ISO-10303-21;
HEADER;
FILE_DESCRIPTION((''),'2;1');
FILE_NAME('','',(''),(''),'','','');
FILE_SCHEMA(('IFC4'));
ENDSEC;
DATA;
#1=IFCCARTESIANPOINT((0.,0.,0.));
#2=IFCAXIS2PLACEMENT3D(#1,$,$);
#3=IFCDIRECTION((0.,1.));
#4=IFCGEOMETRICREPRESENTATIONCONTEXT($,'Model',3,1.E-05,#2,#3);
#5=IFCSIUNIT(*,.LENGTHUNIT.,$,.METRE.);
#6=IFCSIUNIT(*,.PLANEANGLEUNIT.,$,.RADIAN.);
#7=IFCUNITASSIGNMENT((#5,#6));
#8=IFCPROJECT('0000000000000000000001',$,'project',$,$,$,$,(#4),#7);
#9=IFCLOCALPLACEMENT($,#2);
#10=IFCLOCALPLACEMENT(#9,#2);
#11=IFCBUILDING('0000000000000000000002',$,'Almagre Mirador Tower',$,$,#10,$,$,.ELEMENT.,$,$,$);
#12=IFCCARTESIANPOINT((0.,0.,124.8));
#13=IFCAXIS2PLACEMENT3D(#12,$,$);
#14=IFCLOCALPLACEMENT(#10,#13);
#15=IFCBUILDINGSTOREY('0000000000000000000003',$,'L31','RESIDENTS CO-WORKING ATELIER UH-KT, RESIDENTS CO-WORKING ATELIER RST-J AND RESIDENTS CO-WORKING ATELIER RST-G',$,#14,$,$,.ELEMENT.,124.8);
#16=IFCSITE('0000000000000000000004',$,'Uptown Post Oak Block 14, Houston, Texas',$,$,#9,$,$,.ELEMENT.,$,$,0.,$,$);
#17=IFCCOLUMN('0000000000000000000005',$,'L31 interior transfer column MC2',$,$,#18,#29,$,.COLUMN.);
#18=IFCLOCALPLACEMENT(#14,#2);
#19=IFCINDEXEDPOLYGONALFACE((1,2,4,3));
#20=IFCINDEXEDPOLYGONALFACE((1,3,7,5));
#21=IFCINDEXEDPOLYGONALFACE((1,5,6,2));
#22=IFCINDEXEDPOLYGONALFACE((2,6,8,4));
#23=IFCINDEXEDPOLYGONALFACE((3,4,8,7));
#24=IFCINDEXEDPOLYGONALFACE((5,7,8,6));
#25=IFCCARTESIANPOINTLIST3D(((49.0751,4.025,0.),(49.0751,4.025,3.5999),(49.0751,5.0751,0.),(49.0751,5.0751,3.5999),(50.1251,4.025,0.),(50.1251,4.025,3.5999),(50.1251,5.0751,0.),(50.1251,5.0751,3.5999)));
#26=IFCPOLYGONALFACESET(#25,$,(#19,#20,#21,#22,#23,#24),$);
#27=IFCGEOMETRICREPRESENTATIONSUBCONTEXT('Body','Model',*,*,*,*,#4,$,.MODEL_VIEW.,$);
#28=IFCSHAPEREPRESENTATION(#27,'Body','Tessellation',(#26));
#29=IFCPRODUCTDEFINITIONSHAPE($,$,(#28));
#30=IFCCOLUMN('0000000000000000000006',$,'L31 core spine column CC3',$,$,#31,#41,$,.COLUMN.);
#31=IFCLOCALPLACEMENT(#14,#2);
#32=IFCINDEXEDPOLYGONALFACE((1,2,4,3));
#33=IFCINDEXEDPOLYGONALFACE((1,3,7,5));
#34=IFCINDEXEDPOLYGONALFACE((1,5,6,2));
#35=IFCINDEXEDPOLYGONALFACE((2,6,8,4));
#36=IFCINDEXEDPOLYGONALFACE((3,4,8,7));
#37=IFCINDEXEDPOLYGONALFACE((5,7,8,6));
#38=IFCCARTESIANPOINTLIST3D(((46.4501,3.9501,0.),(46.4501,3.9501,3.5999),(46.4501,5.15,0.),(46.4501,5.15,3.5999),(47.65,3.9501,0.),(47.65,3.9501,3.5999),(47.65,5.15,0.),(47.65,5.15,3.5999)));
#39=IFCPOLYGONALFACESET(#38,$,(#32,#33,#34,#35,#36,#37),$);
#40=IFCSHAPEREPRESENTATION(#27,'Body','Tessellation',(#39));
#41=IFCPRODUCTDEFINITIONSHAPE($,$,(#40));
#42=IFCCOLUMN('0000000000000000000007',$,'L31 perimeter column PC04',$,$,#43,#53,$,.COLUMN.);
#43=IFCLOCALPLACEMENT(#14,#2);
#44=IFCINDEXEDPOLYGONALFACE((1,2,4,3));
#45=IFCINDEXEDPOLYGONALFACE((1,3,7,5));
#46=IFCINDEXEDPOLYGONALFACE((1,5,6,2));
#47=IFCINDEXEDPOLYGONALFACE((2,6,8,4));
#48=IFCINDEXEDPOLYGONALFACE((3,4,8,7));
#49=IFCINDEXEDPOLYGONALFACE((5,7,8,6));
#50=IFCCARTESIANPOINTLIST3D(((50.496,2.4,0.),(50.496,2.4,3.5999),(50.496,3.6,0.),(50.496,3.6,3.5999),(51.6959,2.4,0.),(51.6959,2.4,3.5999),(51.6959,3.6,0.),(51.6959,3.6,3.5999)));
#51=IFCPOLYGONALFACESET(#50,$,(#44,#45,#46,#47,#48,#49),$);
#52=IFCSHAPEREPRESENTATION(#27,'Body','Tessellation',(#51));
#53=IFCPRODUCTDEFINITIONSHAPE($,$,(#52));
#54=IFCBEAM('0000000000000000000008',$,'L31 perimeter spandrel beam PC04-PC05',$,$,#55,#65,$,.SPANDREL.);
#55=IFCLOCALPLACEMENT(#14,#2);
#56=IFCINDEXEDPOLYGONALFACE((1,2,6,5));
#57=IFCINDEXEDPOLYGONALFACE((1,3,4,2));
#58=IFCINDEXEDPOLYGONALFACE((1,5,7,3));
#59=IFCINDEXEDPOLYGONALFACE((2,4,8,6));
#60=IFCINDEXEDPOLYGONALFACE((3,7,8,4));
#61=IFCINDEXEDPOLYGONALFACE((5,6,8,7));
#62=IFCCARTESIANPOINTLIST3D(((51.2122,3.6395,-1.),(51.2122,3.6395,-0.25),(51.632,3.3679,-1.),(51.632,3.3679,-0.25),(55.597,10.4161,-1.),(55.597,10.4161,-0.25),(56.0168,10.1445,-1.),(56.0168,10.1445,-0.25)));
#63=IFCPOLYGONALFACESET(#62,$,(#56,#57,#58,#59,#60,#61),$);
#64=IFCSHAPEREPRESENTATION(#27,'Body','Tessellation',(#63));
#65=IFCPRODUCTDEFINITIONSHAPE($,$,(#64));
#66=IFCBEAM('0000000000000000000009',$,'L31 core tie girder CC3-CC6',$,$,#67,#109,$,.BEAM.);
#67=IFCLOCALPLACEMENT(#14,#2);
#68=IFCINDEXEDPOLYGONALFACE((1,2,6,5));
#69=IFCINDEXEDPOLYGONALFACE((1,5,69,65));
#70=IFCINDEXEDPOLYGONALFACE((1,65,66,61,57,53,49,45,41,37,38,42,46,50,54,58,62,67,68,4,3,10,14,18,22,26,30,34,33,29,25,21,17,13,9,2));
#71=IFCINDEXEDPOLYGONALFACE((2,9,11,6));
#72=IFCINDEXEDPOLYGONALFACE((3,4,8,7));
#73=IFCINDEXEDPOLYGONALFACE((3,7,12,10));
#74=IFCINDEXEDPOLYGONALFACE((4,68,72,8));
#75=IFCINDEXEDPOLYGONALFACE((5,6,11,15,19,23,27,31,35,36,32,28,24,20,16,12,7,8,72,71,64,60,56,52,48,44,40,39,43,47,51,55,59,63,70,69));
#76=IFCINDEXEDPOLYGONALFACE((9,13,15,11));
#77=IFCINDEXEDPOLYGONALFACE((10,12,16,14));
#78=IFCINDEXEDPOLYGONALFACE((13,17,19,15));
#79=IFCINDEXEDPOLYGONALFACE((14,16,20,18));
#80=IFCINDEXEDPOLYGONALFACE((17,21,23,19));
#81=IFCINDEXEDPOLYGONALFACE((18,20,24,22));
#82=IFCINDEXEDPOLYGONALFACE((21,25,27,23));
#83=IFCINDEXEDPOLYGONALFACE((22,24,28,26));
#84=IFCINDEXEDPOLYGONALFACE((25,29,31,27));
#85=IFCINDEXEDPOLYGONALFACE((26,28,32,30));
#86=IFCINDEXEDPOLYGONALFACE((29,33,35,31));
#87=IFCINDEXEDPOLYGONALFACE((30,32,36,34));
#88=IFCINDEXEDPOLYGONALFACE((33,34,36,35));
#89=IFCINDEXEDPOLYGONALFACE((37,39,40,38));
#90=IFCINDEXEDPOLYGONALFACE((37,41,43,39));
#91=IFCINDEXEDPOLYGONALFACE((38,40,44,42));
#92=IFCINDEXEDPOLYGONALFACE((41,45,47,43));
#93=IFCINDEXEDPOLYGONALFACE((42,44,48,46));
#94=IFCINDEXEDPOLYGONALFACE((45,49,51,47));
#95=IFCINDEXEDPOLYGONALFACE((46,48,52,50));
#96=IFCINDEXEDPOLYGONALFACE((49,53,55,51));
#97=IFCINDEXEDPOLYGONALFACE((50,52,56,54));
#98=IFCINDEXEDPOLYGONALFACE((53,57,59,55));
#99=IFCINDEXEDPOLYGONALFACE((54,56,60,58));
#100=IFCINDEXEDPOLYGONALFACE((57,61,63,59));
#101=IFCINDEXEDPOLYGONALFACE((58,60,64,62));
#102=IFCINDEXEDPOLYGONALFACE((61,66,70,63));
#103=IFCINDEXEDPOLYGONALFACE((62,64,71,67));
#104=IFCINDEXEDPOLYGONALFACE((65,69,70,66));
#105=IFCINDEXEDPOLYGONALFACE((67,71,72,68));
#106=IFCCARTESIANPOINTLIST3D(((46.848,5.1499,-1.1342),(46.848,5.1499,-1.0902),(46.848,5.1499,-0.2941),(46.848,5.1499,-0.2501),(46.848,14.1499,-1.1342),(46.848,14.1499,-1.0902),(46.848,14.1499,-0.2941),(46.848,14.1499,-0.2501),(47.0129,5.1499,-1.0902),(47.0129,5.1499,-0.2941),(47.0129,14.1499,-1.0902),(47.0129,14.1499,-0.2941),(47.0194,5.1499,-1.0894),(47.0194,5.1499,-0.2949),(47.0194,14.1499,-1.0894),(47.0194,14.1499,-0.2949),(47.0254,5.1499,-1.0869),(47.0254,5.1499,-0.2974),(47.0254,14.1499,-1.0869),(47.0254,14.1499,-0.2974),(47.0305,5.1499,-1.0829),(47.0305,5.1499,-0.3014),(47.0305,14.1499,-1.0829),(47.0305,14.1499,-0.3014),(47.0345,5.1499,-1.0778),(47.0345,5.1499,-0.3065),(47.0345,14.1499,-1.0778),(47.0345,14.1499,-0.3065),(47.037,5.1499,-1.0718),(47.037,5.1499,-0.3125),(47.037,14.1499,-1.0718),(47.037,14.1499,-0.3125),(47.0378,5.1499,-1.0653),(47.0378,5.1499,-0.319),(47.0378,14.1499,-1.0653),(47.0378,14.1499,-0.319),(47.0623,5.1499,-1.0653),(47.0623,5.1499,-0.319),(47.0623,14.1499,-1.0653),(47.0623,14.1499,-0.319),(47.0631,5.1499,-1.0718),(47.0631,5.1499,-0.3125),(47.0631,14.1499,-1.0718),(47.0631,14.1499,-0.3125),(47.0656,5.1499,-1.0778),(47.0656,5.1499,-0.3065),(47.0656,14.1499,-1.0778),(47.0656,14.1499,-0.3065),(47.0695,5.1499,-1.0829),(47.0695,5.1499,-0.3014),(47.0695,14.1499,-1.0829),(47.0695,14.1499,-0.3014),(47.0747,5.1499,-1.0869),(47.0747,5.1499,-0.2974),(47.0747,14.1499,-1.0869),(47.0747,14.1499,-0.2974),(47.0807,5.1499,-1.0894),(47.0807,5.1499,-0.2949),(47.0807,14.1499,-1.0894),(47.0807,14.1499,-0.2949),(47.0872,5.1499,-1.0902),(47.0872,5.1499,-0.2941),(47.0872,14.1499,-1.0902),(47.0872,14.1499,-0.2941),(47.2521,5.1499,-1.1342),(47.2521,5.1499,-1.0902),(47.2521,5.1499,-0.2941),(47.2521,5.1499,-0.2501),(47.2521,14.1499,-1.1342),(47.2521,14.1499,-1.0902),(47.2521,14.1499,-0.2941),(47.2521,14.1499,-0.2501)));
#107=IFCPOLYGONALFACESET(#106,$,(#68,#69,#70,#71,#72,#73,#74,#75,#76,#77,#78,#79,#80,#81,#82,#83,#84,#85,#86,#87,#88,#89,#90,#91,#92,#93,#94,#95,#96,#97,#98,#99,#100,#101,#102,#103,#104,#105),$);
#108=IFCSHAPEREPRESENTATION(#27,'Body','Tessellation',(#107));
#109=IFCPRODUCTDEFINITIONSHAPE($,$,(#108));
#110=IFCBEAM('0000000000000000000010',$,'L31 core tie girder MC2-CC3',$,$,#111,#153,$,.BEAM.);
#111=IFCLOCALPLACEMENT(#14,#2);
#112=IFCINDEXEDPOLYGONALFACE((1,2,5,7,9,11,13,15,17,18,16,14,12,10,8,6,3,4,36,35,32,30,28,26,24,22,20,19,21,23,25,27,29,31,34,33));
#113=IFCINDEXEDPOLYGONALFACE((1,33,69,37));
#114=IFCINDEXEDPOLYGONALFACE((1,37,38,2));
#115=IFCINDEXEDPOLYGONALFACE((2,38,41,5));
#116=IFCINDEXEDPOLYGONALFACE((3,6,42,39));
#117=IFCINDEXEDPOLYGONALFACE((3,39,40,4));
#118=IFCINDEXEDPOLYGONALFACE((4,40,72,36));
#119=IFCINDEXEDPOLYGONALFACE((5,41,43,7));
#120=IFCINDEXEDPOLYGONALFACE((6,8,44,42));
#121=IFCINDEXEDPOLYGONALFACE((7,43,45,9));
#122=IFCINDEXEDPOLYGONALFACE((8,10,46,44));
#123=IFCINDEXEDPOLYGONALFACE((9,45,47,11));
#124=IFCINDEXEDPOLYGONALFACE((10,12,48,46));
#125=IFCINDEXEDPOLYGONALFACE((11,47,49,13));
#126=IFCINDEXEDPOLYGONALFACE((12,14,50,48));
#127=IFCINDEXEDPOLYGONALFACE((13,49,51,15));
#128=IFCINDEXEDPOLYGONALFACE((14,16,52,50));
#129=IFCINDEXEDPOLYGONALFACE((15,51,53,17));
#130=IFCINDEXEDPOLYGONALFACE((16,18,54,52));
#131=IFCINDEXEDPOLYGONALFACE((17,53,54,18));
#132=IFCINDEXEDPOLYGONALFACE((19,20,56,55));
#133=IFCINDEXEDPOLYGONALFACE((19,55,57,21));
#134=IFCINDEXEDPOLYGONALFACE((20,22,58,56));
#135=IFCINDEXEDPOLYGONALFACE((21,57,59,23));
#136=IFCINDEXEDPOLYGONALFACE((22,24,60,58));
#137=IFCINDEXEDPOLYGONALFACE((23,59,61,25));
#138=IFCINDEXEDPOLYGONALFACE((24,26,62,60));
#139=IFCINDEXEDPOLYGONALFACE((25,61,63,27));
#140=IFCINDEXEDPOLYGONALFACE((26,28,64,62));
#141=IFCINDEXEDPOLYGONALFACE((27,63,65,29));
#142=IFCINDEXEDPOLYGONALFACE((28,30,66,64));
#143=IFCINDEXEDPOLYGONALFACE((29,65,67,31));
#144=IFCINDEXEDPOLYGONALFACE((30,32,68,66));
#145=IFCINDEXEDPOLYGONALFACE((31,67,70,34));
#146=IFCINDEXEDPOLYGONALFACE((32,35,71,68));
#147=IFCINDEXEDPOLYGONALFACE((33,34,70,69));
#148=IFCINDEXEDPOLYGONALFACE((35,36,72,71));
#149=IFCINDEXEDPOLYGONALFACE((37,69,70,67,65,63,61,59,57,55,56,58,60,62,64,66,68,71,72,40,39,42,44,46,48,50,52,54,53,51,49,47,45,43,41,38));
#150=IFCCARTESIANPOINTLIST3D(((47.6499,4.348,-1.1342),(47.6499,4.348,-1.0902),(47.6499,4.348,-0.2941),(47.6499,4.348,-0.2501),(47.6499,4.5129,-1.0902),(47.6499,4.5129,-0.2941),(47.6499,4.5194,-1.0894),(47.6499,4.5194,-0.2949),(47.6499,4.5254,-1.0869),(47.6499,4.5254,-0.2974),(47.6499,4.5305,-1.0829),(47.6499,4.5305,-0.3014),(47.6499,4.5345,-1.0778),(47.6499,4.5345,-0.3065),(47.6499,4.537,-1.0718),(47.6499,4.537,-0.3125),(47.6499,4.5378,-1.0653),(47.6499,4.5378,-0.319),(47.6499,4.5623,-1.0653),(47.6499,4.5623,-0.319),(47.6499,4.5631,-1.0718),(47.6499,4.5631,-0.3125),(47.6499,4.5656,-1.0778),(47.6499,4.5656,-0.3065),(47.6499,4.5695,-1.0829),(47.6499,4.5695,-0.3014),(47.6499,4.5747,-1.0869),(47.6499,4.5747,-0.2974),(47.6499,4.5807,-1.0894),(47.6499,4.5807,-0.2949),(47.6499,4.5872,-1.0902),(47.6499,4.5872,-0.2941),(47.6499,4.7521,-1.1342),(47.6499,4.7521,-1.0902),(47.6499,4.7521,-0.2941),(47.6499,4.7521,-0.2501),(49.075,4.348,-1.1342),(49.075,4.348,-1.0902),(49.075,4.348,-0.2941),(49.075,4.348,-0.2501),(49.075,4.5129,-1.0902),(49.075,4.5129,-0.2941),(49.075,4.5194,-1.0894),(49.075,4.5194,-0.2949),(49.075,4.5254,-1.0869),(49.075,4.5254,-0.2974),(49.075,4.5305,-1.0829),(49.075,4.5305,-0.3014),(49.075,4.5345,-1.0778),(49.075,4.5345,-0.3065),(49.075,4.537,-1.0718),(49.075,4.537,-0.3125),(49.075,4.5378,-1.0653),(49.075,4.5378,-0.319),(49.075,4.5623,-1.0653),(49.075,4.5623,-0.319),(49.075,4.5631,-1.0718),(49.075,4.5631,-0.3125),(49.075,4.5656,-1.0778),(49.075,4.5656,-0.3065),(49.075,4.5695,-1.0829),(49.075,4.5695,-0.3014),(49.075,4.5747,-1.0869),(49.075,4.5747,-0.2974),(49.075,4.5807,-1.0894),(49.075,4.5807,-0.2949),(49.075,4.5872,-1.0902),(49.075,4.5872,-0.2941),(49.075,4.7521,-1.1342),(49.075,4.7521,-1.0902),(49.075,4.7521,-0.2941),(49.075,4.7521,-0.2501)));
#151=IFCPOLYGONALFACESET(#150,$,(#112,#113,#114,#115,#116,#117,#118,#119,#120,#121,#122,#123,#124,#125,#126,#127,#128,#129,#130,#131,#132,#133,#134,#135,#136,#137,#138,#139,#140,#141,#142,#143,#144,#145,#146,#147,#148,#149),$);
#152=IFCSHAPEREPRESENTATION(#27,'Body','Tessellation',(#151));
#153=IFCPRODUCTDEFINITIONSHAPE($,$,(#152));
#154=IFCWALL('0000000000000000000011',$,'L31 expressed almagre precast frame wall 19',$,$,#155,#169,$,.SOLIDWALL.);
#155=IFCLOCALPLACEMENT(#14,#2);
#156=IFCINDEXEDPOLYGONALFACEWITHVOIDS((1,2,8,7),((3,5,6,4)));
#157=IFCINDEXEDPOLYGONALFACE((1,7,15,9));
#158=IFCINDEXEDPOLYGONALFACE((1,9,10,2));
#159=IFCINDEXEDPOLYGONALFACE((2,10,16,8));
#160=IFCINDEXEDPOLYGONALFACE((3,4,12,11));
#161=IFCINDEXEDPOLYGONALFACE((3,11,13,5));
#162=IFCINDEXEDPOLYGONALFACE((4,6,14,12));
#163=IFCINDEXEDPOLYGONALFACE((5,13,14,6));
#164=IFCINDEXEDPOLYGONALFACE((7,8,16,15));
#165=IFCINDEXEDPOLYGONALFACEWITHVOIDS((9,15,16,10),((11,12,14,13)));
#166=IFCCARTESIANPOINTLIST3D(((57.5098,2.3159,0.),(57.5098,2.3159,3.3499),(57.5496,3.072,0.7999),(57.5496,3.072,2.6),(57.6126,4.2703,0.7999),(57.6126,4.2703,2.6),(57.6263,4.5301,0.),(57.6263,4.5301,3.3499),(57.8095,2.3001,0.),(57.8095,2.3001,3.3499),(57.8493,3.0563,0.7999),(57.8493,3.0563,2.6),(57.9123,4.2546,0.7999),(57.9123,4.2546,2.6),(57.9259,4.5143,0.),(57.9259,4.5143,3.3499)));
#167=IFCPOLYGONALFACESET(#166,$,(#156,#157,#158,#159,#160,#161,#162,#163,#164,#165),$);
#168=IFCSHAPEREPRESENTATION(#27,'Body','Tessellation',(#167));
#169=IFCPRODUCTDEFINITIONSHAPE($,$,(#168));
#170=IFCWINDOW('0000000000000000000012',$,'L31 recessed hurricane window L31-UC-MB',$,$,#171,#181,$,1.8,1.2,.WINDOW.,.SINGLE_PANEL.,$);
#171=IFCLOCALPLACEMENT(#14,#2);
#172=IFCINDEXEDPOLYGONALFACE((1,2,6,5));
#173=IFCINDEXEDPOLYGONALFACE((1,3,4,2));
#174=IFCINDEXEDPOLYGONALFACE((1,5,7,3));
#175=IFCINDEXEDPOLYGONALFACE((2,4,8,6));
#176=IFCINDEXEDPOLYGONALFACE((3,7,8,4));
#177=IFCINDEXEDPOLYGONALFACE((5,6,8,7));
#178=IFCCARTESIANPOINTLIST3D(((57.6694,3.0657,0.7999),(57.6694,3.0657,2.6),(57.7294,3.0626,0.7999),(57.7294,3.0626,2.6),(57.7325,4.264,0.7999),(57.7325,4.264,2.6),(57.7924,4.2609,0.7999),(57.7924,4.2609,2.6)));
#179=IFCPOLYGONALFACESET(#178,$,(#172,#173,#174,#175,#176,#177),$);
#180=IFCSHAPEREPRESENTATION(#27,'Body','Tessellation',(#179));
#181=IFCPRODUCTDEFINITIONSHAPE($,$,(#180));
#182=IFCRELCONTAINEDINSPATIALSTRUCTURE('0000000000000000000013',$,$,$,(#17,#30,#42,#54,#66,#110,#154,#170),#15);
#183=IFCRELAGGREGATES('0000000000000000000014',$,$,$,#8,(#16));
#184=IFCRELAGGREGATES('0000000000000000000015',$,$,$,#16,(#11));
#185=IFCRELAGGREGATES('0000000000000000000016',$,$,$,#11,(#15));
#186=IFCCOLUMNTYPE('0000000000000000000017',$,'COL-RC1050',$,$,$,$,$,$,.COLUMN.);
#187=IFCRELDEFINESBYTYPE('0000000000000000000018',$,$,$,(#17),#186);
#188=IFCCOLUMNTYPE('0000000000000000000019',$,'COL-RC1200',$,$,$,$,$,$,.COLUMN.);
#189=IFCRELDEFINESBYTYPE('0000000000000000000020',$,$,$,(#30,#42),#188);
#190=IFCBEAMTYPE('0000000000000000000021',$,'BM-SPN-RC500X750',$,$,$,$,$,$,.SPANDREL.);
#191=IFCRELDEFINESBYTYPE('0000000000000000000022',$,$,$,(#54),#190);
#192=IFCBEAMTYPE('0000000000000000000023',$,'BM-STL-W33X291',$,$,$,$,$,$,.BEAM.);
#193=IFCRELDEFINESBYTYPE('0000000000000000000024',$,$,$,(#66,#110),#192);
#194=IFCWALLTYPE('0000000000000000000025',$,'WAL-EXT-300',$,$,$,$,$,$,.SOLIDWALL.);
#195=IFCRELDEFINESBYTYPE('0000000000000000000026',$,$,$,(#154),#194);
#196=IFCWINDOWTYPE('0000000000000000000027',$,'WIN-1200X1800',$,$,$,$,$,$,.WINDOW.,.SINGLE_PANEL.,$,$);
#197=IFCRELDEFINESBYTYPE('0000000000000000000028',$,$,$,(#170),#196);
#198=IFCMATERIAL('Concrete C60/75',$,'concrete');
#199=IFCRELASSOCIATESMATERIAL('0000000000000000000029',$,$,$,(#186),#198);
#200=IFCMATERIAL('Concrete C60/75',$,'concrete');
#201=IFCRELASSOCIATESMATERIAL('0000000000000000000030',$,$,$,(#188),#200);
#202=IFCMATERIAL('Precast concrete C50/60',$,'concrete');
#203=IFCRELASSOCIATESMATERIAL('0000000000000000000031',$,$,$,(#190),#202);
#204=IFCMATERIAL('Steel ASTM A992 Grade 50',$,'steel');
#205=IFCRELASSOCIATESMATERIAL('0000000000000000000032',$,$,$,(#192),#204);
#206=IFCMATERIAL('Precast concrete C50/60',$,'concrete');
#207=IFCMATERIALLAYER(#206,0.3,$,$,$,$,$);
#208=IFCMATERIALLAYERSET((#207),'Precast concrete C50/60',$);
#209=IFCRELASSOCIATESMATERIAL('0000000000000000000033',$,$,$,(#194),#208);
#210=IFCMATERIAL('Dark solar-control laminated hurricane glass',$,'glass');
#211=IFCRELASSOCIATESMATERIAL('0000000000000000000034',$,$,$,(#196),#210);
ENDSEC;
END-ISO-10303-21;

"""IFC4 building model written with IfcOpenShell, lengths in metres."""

from ifc_helpers import new_model, si_unit, direction, frame, frame_2d, origin, origin_2d, place, context, subcontext, project, spatial, rectangle, i_section, extrude, material, layer, layer_set, material_profile, profile_set, type_object, element, fill, save


model = new_model("IFC4")

# Units and contexts
model_context = context("Model", 3, precision=1e-05, world=origin(), true_north=direction((0.0, 1.0)))
body_context = subcontext(model_context, "Body", "Model", "MODEL_VIEW")
ifc_project = project(units=[si_unit("LENGTHUNIT", "METRE"), si_unit("PLANEANGLEUNIT", "RADIAN")], contexts=[model_context])

# Site, building, storey
site_placement = place(None, origin())
site = spatial("IfcSite", under=ifc_project, at=site_placement, Name="Uptown Post Oak Block 14, Houston, Texas", CompositionType="ELEMENT", RefElevation=0.0)
building_placement = place(site_placement, origin())
building = spatial("IfcBuilding", under=site, at=building_placement, Name="Almagre Mirador Tower", CompositionType="ELEMENT")
storey_placement = place(building_placement, frame((0.0, 0.0, 124.8)))
storey = spatial("IfcBuildingStorey", under=building, at=storey_placement, Name="L31", Description="RESIDENTS CO-WORKING ATELIER UH-KT, RESIDENTS CO-WORKING ATELIER RST-J AND RESIDENTS CO-WORKING ATELIER RST-G", CompositionType="ELEMENT", Elevation=124.8)

# Columns
ifc_material_1 = material(Name="Concrete C60/75", Category="concrete")
ifc_material_profile_1 = material_profile(ifc_material_1, rectangle(XDim=1.05, YDim=1.05, at=origin_2d()), Name="RC1050X1050")
ifc_profile_set_1 = profile_set([ifc_material_profile_1], Name="Concrete C60/75")
column_type_1 = type_object("IfcColumnType", Name="COL-RC1050", PredefinedType="COLUMN", material=ifc_profile_set_1)
column_placement = place(storey_placement, frame((49.6001, 4.55, 0.0), z_axis=(0.0, 0.0, 1.0), x_axis=(1.0, 0.0, 0.0)))
element("IfcColumn", 1, at=column_placement, inside=storey, type_object=column_type_1, Name="L31 interior transfer column MC2", PredefinedType="COLUMN", context=body_context, shape_type="SweptSolid", body=[
    extrude(rectangle(XDim=1.05, YDim=1.05, at=origin_2d()), origin(), (0.0, 0.0, 1.0), 3.5999),
])
ifc_material_2 = material(Name="Concrete C60/75", Category="concrete")
ifc_material_profile_2 = material_profile(ifc_material_2, rectangle(XDim=1.2, YDim=1.2, at=origin_2d()), Name="RC1200X1200")
ifc_profile_set_2 = profile_set([ifc_material_profile_2], Name="Concrete C60/75")
column_type_2 = type_object("IfcColumnType", Name="COL-RC1200", PredefinedType="COLUMN", material=ifc_profile_set_2)
for number, where, z_axis, x_axis, name in (
    (2, (47.05, 4.55, 0.0), (0.0, 0.0, 1.0), (1.0, 0.0, 0.0), "L31 core spine column CC3"),
    (3, (51.0959, 3.0, 0.0), (0.0, 0.0, 1.0), (1.0, 0.0, 0.0), "L31 perimeter column PC04"),
):
    element("IfcColumn", number, at=place(storey_placement, frame(where, z_axis=z_axis, x_axis=x_axis)), inside=storey, type_object=column_type_2, Name=name, PredefinedType="COLUMN", context=body_context, shape_type="SweptSolid", body=[
        extrude(rectangle(XDim=1.2, YDim=1.2, at=origin_2d()), origin(), (0.0, 0.0, 1.0), 3.5999),
    ])

# Beams
ifc_material_3 = material(Name="Precast concrete C50/60", Category="concrete")
ifc_material_profile_3 = material_profile(ifc_material_3, rectangle(XDim=0.5, YDim=0.75, at=origin_2d()), Name="RC500X750")
ifc_profile_set_3 = profile_set([ifc_material_profile_3], Name="Precast concrete C50/60")
beam_type_1 = type_object("IfcBeamType", Name="BM-SPN-RC500X750", PredefinedType="SPANDREL", material=ifc_profile_set_3)
beam_1_placement = place(storey_placement, frame((51.4221, 3.5037, -0.625), z_axis=(0.543242, 0.839576, 0.0), x_axis=(-0.839576, 0.543242, 0.0)))
element("IfcBeam", 4, at=beam_1_placement, inside=storey, type_object=beam_type_1, Name="L31 perimeter spandrel beam PC04-PC05", PredefinedType="SPANDREL", context=body_context, shape_type="SweptSolid", body=[
    extrude(rectangle(XDim=0.5, YDim=0.75, at=origin_2d()), origin(), (0.0, 0.0, 1.0), 8.0715),
])
ifc_material_4 = material(Name="Steel ASTM A992 Grade 50", Category="steel")
ifc_material_profile_4 = material_profile(ifc_material_4, i_section(OverallWidth=0.4041, OverallDepth=0.884, WebThickness=0.0244, FlangeThickness=0.0439, FilletRadius=0.0249, at=origin_2d()), Name="W33X291")
ifc_profile_set_4 = profile_set([ifc_material_profile_4], Name="Steel ASTM A992 Grade 50")
beam_type_2 = type_object("IfcBeamType", Name="BM-STL-W33X291", PredefinedType="BEAM", material=ifc_profile_set_4)
beam_2_placement = place(storey_placement, frame((47.05, 5.1499, -0.6921), z_axis=(0.0, 1.0, 0.0), x_axis=(-1.0, 0.0, 0.0)))
element("IfcBeam", 5, at=beam_2_placement, inside=storey, type_object=beam_type_2, Name="L31 core tie girder CC3-CC6", PredefinedType="BEAM", context=body_context, shape_type="SweptSolid", body=[
    extrude(i_section(OverallWidth=0.4041, OverallDepth=0.884, WebThickness=0.0244, FlangeThickness=0.0439, FilletRadius=0.0249, at=origin_2d()), origin(), (0.0, 0.0, 1.0), 9.0),
])
beam_3_placement = place(storey_placement, frame((49.075, 4.55, -0.6921), z_axis=(-1.0, 0.0, 0.0), x_axis=(0.0, -1.0, 0.0)))
element("IfcBeam", 6, at=beam_3_placement, inside=storey, type_object=beam_type_2, Name="L31 core tie girder MC2-CC3", PredefinedType="BEAM", context=body_context, shape_type="SweptSolid", body=[
    extrude(i_section(OverallWidth=0.4041, OverallDepth=0.884, WebThickness=0.0244, FlangeThickness=0.0439, FilletRadius=0.0249, at=origin_2d()), origin(), (0.0, 0.0, 1.0), 1.425),
])

# Wall, opening, window
ifc_material_5 = material(Name="Precast concrete C50/60", Category="concrete")
ifc_layer_1 = layer(ifc_material_5, 0.3)
ifc_layer_set_1 = layer_set([ifc_layer_1], Name="Precast concrete C50/60")
wall_type_1 = type_object("IfcWallType", Name="WAL-EXT-300", PredefinedType="SOLIDWALL", material=ifc_layer_set_1)
wall_1_placement = place(storey_placement, frame((57.7761, 4.5222, 0.0), z_axis=(0.0, 0.0, 1.0), x_axis=(-0.052524, -0.99862, 0.0)))
wall_1 = element("IfcWall", 7, at=wall_1_placement, inside=storey, type_object=wall_type_1, Name="L31 expressed almagre precast frame wall 19", PredefinedType="SOLIDWALL", context=body_context, shape_type="SweptSolid", body=[
    extrude(rectangle(XDim=2.2173, YDim=0.3, at=frame_2d((1.1086, 0.0))), origin(), (0.0, 0.0, 1.0), 3.3499),
])
opening_1_placement = place(wall_1_placement, frame((0.26, 0.0, 0.8)))
opening_1 = element("IfcOpeningElement", 8, at=opening_1_placement, cuts=wall_1, PredefinedType="OPENING", context=body_context, shape_type="SweptSolid", body=[
    extrude(rectangle(XDim=1.2, YDim=1.8, at=frame_2d((0.6001, 0.8999))), frame((0.0, 0.1599, 0.0), z_axis=(0.0, -1.0, 0.0), x_axis=(1.0, 0.0, 0.0)), (0.0, 0.0, 1.0), 0.32),
])
ifc_material_6 = material(Name="Dark solar-control laminated hurricane glass", Category="glass")
window_type_1 = type_object("IfcWindowType", Name="WIN-1200X1800", PartitioningType="SINGLE_PANEL", PredefinedType="WINDOW", material=ifc_material_6)
window_1_placement = place(opening_1_placement, origin())
window_1 = element("IfcWindow", 9, at=window_1_placement, inside=storey, type_object=window_type_1, Name="L31 recessed hurricane window L31-UC-MB", OverallHeight=1.8, OverallWidth=1.2, PartitioningType="SINGLE_PANEL", PredefinedType="WINDOW", context=body_context, shape_type="SweptSolid", body=[
    extrude(rectangle(XDim=1.2, YDim=1.8, at=frame_2d((0.6001, 0.8999))), frame((0.0, 0.03, 0.0), z_axis=(0.0, -1.0, 0.0), x_axis=(1.0, 0.0, 0.0)), (0.0, 0.0, 1.0), 0.0601),
])
fill(opening_1, window_1)

save(model, "model.ifc")
